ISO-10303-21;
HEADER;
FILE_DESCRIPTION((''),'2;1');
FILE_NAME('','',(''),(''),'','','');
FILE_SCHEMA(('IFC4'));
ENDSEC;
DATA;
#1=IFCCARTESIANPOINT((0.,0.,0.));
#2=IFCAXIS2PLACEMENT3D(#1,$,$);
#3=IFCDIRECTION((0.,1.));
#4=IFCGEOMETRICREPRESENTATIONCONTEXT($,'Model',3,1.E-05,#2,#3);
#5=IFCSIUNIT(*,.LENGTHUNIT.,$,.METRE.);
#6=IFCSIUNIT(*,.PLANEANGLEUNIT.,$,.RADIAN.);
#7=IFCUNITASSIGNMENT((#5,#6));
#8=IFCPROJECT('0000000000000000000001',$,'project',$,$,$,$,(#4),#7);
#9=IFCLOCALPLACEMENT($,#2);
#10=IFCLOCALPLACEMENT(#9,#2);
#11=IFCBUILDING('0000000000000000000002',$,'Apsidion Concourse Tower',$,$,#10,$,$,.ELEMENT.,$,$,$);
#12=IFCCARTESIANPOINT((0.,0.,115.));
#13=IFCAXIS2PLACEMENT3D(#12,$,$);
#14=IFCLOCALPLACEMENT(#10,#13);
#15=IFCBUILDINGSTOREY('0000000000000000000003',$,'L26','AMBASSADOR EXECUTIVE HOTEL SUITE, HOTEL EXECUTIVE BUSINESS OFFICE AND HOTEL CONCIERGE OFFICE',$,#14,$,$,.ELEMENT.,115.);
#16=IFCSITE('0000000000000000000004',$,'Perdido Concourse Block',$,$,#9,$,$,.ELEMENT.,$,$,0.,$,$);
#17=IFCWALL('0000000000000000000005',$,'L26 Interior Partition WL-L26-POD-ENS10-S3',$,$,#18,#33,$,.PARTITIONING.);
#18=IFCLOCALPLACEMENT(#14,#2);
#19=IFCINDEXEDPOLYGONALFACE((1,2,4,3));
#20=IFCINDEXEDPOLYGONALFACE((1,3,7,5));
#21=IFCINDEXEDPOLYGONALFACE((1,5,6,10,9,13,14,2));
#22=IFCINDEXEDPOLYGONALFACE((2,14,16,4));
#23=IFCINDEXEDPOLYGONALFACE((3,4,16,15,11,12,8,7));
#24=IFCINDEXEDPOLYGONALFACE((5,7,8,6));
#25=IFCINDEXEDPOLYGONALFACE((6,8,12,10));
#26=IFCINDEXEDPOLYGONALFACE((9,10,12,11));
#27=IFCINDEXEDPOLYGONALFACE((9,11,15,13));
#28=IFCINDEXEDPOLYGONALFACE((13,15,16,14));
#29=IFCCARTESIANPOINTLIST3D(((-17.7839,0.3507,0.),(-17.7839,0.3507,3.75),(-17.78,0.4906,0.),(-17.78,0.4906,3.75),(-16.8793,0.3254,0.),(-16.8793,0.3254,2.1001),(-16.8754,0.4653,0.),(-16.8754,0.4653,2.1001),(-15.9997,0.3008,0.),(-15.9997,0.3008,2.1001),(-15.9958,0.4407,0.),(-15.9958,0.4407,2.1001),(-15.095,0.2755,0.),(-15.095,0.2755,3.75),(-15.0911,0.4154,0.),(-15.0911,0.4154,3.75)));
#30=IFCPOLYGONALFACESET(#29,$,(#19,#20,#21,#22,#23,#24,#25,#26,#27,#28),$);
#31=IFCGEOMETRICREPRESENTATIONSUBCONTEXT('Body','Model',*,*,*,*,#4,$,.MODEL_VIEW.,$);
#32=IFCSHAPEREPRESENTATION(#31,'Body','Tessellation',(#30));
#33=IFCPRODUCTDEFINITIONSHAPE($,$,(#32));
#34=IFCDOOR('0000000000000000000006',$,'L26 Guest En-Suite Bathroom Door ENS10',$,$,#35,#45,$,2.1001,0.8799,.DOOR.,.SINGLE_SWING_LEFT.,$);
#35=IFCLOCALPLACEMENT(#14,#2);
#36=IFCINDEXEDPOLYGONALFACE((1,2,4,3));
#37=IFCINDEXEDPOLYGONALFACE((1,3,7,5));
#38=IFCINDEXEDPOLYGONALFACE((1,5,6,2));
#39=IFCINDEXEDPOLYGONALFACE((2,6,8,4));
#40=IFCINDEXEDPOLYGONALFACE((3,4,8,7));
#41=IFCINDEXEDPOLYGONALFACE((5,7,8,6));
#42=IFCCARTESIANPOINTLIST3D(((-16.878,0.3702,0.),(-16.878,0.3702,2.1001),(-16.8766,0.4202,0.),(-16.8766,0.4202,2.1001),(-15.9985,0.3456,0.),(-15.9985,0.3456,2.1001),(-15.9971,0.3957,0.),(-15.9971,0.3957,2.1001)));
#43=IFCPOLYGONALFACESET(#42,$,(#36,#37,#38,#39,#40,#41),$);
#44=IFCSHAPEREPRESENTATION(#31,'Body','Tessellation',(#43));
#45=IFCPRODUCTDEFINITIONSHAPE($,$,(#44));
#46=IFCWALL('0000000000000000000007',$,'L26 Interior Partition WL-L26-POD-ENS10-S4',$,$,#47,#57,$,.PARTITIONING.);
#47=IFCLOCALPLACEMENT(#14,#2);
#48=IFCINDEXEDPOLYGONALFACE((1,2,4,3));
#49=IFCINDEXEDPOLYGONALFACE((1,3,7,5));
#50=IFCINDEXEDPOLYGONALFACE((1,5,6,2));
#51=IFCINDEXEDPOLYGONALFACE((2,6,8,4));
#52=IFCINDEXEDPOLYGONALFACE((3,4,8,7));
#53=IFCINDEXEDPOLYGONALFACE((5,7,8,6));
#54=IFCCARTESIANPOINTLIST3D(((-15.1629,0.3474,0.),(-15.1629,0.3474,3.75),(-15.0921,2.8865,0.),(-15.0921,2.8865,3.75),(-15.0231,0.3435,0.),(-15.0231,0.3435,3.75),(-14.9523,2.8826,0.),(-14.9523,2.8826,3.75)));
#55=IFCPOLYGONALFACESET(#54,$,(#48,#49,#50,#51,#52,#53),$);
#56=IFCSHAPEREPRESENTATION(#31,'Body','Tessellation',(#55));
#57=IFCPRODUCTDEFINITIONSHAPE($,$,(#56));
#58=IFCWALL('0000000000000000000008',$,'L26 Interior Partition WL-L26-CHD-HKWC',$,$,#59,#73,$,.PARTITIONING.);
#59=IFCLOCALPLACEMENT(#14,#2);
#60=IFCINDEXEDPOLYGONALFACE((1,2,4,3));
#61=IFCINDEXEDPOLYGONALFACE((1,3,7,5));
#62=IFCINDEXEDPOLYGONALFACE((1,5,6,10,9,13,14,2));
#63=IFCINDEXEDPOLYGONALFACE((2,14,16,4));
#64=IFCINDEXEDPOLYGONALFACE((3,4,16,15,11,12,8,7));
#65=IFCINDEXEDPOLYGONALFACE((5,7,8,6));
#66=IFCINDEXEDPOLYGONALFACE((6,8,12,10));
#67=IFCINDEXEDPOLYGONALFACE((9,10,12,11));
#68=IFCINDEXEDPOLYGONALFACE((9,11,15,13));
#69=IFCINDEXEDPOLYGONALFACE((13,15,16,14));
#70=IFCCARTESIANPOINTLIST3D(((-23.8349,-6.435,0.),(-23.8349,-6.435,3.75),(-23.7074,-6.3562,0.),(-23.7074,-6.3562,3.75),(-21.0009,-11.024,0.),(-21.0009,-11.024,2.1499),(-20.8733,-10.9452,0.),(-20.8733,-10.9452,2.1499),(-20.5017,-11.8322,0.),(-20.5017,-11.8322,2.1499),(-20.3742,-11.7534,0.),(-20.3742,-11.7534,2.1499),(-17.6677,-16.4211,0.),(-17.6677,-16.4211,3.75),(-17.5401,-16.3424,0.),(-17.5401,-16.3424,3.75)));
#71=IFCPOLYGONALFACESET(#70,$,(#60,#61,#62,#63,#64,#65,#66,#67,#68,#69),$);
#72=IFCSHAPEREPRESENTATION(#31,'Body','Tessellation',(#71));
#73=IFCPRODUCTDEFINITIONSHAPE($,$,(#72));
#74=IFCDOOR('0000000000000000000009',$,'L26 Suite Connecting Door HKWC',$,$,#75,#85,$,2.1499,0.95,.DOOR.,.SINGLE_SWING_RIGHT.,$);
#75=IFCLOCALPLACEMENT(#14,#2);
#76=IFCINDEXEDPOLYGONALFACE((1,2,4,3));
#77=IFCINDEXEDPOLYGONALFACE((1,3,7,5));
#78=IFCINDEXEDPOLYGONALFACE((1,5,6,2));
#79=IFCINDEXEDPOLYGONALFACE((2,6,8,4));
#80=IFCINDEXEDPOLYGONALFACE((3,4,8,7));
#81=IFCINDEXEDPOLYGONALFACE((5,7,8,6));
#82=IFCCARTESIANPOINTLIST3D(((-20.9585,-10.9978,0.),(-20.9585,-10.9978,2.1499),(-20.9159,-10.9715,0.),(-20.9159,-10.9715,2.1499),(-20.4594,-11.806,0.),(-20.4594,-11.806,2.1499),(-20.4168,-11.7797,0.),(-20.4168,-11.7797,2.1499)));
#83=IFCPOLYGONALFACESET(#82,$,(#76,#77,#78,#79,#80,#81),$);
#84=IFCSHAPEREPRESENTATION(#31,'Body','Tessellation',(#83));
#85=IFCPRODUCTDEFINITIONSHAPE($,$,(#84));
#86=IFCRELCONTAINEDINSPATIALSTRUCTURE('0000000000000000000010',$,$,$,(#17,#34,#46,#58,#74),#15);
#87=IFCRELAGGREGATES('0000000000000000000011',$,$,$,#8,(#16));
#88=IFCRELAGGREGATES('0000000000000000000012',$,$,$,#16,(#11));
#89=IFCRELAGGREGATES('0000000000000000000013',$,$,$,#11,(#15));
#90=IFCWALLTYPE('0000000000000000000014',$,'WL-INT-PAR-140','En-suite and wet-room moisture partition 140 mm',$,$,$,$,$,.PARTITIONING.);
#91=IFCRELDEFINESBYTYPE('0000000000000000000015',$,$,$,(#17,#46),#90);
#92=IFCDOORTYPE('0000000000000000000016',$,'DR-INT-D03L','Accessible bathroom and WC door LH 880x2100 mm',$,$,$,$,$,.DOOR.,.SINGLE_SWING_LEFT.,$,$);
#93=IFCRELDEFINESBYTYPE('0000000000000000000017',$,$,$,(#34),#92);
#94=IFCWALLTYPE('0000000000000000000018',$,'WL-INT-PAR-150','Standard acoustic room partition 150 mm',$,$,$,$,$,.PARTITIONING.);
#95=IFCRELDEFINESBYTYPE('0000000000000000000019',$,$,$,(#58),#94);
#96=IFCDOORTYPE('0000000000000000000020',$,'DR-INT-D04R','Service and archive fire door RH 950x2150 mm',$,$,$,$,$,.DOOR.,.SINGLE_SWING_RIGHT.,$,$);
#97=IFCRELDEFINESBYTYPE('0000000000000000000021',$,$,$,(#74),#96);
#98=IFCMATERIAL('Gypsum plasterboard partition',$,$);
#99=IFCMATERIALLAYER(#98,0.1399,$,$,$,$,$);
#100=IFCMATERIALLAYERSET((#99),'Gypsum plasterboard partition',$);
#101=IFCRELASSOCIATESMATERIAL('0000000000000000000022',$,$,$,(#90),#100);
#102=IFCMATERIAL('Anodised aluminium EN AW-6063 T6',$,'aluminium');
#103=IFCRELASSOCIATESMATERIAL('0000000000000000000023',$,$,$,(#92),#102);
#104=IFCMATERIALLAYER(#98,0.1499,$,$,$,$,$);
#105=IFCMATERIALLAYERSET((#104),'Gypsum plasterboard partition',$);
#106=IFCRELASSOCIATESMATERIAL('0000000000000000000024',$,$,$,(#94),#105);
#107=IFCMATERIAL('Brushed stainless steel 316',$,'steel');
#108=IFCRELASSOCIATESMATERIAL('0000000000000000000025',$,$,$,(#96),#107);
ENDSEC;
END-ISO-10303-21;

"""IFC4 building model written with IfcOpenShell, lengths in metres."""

from ifc_helpers import new_model, si_unit, direction, frame, frame_2d, origin, place, context, subcontext, project, spatial, rectangle, extrude, material, layer, layer_set, type_object, element, fill, save


model = new_model("IFC4")

# Units and contexts
model_context = context("Model", 3, precision=1e-05, world=origin(), true_north=direction((0.0, 1.0)))
body_context = subcontext(model_context, "Body", "Model", "MODEL_VIEW")
ifc_project = project(units=[si_unit("LENGTHUNIT", "METRE"), si_unit("PLANEANGLEUNIT", "RADIAN")], contexts=[model_context])

# Site, building, storey
site_placement = place(None, origin())
site = spatial("IfcSite", under=ifc_project, at=site_placement, Name="Perdido Concourse Block", CompositionType="ELEMENT", RefElevation=0.0)
building_placement = place(site_placement, origin())
building = spatial("IfcBuilding", under=site, at=building_placement, Name="Apsidion Concourse Tower", CompositionType="ELEMENT")
storey_placement = place(building_placement, frame((0.0, 0.0, 115.0)))
storey = spatial("IfcBuildingStorey", under=building, at=storey_placement, Name="L26", Description="AMBASSADOR EXECUTIVE HOTEL SUITE, HOTEL EXECUTIVE BUSINESS OFFICE AND HOTEL CONCIERGE OFFICE", CompositionType="ELEMENT", Elevation=115.0)

# Shared definitions
ifc_material_1 = material(Name="Gypsum plasterboard partition")
ifc_layer_1 = layer(ifc_material_1, 0.1399)
ifc_layer_set_1 = layer_set([ifc_layer_1], Name="Gypsum plasterboard partition")
wall_type_1 = type_object("IfcWallType", Name="WL-INT-PAR-140", Description="En-suite and wet-room moisture partition 140 mm", PredefinedType="PARTITIONING", material=ifc_layer_set_1)

# Wall, opening, door
wall_1_placement = place(storey_placement, frame((-17.782, 0.4207, 0.0), z_axis=(0.0, 0.0, 1.0), x_axis=(0.999609, -0.027953, 0.0)))
wall_1 = element("IfcWall", 1, at=wall_1_placement, inside=storey, type_object=wall_type_1, Name="L26 Interior Partition WL-L26-POD-ENS10-S3", PredefinedType="PARTITIONING", context=body_context, shape_type="SweptSolid", body=[
    extrude(rectangle(XDim=2.6899, YDim=0.1399, at=frame_2d((1.345, 0.0))), origin(), (0.0, 0.0, 1.0), 3.75),
])
opening_1_placement = place(wall_1_placement, frame((0.905, 0.0, 0.0)))
opening_1 = element("IfcOpeningElement", 2, at=opening_1_placement, cuts=wall_1, PredefinedType="OPENING", context=body_context, shape_type="SweptSolid", body=[
    extrude(rectangle(XDim=0.8799, YDim=2.1001, at=frame_2d((0.4399, 1.05))), frame((0.0, 0.0801, 0.0), z_axis=(0.0, -1.0, 0.0), x_axis=(1.0, 0.0, 0.0)), (0.0, 0.0, 1.0), 0.1599),
])
ifc_material_2 = material(Name="Anodised aluminium EN AW-6063 T6", Category="aluminium")
door_type_1 = type_object("IfcDoorType", Name="DR-INT-D03L", Description="Accessible bathroom and WC door LH 880x2100 mm", OperationType="SINGLE_SWING_LEFT", PredefinedType="DOOR", material=ifc_material_2)
door_1_placement = place(opening_1_placement, origin())
door_1 = element("IfcDoor", 3, at=door_1_placement, inside=storey, type_object=door_type_1, Name="L26 Guest En-Suite Bathroom Door ENS10", OperationType="SINGLE_SWING_LEFT", OverallHeight=2.1001, OverallWidth=0.8799, PredefinedType="DOOR", context=body_context, shape_type="SweptSolid", body=[
    extrude(rectangle(XDim=0.8799, YDim=2.1001, at=frame_2d((0.4399, 1.05))), frame((0.0, 0.0249, 0.0), z_axis=(0.0, -1.0, 0.0), x_axis=(1.0, 0.0, 0.0)), (0.0, 0.0, 1.0), 0.05),
])
fill(opening_1, door_1)

# Wall
wall_2_placement = place(storey_placement, frame((-15.093, 0.3455, 0.0), z_axis=(0.0, 0.0, 1.0), x_axis=(0.027874, 0.999611, 0.0)))
element("IfcWall", 4, at=wall_2_placement, inside=storey, type_object=wall_type_1, Name="L26 Interior Partition WL-L26-POD-ENS10-S4", PredefinedType="PARTITIONING", context=body_context, shape_type="SweptSolid", body=[
    extrude(rectangle(XDim=2.54, YDim=0.1399, at=frame_2d((1.27, 0.0))), origin(), (0.0, 0.0, 1.0), 3.75),
])

# Wall, opening, door
ifc_layer_2 = layer(ifc_material_1, 0.1499)
ifc_layer_set_2 = layer_set([ifc_layer_2], Name="Gypsum plasterboard partition")
wall_type_2 = type_object("IfcWallType", Name="WL-INT-PAR-150", Description="Standard acoustic room partition 150 mm", PredefinedType="PARTITIONING", material=ifc_layer_set_2)
wall_3_placement = place(storey_placement, frame((-23.7712, -6.3955, 0.0), z_axis=(0.0, 0.0, 1.0), x_axis=(0.525453, -0.850822, 0.0)))
wall_3 = element("IfcWall", 5, at=wall_3_placement, inside=storey, type_object=wall_type_2, Name="L26 Interior Partition WL-L26-CHD-HKWC", PredefinedType="PARTITIONING", context=body_context, shape_type="SweptSolid", body=[
    extrude(rectangle(XDim=11.7371, YDim=0.1499, at=frame_2d((5.8687, 0.0))), origin(), (0.0, 0.0, 1.0), 3.75),
])
opening_2_placement = place(wall_3_placement, frame((5.3936, 0.0, 0.0)))
opening_2 = element("IfcOpeningElement", 6, at=opening_2_placement, cuts=wall_3, PredefinedType="OPENING", context=body_context, shape_type="SweptSolid", body=[
    extrude(rectangle(XDim=0.95, YDim=2.1499, at=frame_2d((0.4751, 1.075))), frame((0.0, 0.085, 0.0), z_axis=(0.0, -1.0, 0.0), x_axis=(1.0, 0.0, 0.0)), (0.0, 0.0, 1.0), 0.1699),
])
ifc_material_3 = material(Name="Brushed stainless steel 316", Category="steel")
door_type_2 = type_object("IfcDoorType", Name="DR-INT-D04R", Description="Service and archive fire door RH 950x2150 mm", OperationType="SINGLE_SWING_RIGHT", PredefinedType="DOOR", material=ifc_material_3)
door_2_placement = place(opening_2_placement, origin())
door_2 = element("IfcDoor", 7, at=door_2_placement, inside=storey, type_object=door_type_2, Name="L26 Suite Connecting Door HKWC", OperationType="SINGLE_SWING_RIGHT", OverallHeight=2.1499, OverallWidth=0.95, PredefinedType="DOOR", context=body_context, shape_type="SweptSolid", body=[
    extrude(rectangle(XDim=0.95, YDim=2.1499, at=frame_2d((0.4751, 1.075))), frame((0.0, 0.0249, 0.0), z_axis=(0.0, -1.0, 0.0), x_axis=(1.0, 0.0, 0.0)), (0.0, 0.0, 1.0), 0.05),
])
fill(opening_2, door_2)

save(model, "model.ifc")
